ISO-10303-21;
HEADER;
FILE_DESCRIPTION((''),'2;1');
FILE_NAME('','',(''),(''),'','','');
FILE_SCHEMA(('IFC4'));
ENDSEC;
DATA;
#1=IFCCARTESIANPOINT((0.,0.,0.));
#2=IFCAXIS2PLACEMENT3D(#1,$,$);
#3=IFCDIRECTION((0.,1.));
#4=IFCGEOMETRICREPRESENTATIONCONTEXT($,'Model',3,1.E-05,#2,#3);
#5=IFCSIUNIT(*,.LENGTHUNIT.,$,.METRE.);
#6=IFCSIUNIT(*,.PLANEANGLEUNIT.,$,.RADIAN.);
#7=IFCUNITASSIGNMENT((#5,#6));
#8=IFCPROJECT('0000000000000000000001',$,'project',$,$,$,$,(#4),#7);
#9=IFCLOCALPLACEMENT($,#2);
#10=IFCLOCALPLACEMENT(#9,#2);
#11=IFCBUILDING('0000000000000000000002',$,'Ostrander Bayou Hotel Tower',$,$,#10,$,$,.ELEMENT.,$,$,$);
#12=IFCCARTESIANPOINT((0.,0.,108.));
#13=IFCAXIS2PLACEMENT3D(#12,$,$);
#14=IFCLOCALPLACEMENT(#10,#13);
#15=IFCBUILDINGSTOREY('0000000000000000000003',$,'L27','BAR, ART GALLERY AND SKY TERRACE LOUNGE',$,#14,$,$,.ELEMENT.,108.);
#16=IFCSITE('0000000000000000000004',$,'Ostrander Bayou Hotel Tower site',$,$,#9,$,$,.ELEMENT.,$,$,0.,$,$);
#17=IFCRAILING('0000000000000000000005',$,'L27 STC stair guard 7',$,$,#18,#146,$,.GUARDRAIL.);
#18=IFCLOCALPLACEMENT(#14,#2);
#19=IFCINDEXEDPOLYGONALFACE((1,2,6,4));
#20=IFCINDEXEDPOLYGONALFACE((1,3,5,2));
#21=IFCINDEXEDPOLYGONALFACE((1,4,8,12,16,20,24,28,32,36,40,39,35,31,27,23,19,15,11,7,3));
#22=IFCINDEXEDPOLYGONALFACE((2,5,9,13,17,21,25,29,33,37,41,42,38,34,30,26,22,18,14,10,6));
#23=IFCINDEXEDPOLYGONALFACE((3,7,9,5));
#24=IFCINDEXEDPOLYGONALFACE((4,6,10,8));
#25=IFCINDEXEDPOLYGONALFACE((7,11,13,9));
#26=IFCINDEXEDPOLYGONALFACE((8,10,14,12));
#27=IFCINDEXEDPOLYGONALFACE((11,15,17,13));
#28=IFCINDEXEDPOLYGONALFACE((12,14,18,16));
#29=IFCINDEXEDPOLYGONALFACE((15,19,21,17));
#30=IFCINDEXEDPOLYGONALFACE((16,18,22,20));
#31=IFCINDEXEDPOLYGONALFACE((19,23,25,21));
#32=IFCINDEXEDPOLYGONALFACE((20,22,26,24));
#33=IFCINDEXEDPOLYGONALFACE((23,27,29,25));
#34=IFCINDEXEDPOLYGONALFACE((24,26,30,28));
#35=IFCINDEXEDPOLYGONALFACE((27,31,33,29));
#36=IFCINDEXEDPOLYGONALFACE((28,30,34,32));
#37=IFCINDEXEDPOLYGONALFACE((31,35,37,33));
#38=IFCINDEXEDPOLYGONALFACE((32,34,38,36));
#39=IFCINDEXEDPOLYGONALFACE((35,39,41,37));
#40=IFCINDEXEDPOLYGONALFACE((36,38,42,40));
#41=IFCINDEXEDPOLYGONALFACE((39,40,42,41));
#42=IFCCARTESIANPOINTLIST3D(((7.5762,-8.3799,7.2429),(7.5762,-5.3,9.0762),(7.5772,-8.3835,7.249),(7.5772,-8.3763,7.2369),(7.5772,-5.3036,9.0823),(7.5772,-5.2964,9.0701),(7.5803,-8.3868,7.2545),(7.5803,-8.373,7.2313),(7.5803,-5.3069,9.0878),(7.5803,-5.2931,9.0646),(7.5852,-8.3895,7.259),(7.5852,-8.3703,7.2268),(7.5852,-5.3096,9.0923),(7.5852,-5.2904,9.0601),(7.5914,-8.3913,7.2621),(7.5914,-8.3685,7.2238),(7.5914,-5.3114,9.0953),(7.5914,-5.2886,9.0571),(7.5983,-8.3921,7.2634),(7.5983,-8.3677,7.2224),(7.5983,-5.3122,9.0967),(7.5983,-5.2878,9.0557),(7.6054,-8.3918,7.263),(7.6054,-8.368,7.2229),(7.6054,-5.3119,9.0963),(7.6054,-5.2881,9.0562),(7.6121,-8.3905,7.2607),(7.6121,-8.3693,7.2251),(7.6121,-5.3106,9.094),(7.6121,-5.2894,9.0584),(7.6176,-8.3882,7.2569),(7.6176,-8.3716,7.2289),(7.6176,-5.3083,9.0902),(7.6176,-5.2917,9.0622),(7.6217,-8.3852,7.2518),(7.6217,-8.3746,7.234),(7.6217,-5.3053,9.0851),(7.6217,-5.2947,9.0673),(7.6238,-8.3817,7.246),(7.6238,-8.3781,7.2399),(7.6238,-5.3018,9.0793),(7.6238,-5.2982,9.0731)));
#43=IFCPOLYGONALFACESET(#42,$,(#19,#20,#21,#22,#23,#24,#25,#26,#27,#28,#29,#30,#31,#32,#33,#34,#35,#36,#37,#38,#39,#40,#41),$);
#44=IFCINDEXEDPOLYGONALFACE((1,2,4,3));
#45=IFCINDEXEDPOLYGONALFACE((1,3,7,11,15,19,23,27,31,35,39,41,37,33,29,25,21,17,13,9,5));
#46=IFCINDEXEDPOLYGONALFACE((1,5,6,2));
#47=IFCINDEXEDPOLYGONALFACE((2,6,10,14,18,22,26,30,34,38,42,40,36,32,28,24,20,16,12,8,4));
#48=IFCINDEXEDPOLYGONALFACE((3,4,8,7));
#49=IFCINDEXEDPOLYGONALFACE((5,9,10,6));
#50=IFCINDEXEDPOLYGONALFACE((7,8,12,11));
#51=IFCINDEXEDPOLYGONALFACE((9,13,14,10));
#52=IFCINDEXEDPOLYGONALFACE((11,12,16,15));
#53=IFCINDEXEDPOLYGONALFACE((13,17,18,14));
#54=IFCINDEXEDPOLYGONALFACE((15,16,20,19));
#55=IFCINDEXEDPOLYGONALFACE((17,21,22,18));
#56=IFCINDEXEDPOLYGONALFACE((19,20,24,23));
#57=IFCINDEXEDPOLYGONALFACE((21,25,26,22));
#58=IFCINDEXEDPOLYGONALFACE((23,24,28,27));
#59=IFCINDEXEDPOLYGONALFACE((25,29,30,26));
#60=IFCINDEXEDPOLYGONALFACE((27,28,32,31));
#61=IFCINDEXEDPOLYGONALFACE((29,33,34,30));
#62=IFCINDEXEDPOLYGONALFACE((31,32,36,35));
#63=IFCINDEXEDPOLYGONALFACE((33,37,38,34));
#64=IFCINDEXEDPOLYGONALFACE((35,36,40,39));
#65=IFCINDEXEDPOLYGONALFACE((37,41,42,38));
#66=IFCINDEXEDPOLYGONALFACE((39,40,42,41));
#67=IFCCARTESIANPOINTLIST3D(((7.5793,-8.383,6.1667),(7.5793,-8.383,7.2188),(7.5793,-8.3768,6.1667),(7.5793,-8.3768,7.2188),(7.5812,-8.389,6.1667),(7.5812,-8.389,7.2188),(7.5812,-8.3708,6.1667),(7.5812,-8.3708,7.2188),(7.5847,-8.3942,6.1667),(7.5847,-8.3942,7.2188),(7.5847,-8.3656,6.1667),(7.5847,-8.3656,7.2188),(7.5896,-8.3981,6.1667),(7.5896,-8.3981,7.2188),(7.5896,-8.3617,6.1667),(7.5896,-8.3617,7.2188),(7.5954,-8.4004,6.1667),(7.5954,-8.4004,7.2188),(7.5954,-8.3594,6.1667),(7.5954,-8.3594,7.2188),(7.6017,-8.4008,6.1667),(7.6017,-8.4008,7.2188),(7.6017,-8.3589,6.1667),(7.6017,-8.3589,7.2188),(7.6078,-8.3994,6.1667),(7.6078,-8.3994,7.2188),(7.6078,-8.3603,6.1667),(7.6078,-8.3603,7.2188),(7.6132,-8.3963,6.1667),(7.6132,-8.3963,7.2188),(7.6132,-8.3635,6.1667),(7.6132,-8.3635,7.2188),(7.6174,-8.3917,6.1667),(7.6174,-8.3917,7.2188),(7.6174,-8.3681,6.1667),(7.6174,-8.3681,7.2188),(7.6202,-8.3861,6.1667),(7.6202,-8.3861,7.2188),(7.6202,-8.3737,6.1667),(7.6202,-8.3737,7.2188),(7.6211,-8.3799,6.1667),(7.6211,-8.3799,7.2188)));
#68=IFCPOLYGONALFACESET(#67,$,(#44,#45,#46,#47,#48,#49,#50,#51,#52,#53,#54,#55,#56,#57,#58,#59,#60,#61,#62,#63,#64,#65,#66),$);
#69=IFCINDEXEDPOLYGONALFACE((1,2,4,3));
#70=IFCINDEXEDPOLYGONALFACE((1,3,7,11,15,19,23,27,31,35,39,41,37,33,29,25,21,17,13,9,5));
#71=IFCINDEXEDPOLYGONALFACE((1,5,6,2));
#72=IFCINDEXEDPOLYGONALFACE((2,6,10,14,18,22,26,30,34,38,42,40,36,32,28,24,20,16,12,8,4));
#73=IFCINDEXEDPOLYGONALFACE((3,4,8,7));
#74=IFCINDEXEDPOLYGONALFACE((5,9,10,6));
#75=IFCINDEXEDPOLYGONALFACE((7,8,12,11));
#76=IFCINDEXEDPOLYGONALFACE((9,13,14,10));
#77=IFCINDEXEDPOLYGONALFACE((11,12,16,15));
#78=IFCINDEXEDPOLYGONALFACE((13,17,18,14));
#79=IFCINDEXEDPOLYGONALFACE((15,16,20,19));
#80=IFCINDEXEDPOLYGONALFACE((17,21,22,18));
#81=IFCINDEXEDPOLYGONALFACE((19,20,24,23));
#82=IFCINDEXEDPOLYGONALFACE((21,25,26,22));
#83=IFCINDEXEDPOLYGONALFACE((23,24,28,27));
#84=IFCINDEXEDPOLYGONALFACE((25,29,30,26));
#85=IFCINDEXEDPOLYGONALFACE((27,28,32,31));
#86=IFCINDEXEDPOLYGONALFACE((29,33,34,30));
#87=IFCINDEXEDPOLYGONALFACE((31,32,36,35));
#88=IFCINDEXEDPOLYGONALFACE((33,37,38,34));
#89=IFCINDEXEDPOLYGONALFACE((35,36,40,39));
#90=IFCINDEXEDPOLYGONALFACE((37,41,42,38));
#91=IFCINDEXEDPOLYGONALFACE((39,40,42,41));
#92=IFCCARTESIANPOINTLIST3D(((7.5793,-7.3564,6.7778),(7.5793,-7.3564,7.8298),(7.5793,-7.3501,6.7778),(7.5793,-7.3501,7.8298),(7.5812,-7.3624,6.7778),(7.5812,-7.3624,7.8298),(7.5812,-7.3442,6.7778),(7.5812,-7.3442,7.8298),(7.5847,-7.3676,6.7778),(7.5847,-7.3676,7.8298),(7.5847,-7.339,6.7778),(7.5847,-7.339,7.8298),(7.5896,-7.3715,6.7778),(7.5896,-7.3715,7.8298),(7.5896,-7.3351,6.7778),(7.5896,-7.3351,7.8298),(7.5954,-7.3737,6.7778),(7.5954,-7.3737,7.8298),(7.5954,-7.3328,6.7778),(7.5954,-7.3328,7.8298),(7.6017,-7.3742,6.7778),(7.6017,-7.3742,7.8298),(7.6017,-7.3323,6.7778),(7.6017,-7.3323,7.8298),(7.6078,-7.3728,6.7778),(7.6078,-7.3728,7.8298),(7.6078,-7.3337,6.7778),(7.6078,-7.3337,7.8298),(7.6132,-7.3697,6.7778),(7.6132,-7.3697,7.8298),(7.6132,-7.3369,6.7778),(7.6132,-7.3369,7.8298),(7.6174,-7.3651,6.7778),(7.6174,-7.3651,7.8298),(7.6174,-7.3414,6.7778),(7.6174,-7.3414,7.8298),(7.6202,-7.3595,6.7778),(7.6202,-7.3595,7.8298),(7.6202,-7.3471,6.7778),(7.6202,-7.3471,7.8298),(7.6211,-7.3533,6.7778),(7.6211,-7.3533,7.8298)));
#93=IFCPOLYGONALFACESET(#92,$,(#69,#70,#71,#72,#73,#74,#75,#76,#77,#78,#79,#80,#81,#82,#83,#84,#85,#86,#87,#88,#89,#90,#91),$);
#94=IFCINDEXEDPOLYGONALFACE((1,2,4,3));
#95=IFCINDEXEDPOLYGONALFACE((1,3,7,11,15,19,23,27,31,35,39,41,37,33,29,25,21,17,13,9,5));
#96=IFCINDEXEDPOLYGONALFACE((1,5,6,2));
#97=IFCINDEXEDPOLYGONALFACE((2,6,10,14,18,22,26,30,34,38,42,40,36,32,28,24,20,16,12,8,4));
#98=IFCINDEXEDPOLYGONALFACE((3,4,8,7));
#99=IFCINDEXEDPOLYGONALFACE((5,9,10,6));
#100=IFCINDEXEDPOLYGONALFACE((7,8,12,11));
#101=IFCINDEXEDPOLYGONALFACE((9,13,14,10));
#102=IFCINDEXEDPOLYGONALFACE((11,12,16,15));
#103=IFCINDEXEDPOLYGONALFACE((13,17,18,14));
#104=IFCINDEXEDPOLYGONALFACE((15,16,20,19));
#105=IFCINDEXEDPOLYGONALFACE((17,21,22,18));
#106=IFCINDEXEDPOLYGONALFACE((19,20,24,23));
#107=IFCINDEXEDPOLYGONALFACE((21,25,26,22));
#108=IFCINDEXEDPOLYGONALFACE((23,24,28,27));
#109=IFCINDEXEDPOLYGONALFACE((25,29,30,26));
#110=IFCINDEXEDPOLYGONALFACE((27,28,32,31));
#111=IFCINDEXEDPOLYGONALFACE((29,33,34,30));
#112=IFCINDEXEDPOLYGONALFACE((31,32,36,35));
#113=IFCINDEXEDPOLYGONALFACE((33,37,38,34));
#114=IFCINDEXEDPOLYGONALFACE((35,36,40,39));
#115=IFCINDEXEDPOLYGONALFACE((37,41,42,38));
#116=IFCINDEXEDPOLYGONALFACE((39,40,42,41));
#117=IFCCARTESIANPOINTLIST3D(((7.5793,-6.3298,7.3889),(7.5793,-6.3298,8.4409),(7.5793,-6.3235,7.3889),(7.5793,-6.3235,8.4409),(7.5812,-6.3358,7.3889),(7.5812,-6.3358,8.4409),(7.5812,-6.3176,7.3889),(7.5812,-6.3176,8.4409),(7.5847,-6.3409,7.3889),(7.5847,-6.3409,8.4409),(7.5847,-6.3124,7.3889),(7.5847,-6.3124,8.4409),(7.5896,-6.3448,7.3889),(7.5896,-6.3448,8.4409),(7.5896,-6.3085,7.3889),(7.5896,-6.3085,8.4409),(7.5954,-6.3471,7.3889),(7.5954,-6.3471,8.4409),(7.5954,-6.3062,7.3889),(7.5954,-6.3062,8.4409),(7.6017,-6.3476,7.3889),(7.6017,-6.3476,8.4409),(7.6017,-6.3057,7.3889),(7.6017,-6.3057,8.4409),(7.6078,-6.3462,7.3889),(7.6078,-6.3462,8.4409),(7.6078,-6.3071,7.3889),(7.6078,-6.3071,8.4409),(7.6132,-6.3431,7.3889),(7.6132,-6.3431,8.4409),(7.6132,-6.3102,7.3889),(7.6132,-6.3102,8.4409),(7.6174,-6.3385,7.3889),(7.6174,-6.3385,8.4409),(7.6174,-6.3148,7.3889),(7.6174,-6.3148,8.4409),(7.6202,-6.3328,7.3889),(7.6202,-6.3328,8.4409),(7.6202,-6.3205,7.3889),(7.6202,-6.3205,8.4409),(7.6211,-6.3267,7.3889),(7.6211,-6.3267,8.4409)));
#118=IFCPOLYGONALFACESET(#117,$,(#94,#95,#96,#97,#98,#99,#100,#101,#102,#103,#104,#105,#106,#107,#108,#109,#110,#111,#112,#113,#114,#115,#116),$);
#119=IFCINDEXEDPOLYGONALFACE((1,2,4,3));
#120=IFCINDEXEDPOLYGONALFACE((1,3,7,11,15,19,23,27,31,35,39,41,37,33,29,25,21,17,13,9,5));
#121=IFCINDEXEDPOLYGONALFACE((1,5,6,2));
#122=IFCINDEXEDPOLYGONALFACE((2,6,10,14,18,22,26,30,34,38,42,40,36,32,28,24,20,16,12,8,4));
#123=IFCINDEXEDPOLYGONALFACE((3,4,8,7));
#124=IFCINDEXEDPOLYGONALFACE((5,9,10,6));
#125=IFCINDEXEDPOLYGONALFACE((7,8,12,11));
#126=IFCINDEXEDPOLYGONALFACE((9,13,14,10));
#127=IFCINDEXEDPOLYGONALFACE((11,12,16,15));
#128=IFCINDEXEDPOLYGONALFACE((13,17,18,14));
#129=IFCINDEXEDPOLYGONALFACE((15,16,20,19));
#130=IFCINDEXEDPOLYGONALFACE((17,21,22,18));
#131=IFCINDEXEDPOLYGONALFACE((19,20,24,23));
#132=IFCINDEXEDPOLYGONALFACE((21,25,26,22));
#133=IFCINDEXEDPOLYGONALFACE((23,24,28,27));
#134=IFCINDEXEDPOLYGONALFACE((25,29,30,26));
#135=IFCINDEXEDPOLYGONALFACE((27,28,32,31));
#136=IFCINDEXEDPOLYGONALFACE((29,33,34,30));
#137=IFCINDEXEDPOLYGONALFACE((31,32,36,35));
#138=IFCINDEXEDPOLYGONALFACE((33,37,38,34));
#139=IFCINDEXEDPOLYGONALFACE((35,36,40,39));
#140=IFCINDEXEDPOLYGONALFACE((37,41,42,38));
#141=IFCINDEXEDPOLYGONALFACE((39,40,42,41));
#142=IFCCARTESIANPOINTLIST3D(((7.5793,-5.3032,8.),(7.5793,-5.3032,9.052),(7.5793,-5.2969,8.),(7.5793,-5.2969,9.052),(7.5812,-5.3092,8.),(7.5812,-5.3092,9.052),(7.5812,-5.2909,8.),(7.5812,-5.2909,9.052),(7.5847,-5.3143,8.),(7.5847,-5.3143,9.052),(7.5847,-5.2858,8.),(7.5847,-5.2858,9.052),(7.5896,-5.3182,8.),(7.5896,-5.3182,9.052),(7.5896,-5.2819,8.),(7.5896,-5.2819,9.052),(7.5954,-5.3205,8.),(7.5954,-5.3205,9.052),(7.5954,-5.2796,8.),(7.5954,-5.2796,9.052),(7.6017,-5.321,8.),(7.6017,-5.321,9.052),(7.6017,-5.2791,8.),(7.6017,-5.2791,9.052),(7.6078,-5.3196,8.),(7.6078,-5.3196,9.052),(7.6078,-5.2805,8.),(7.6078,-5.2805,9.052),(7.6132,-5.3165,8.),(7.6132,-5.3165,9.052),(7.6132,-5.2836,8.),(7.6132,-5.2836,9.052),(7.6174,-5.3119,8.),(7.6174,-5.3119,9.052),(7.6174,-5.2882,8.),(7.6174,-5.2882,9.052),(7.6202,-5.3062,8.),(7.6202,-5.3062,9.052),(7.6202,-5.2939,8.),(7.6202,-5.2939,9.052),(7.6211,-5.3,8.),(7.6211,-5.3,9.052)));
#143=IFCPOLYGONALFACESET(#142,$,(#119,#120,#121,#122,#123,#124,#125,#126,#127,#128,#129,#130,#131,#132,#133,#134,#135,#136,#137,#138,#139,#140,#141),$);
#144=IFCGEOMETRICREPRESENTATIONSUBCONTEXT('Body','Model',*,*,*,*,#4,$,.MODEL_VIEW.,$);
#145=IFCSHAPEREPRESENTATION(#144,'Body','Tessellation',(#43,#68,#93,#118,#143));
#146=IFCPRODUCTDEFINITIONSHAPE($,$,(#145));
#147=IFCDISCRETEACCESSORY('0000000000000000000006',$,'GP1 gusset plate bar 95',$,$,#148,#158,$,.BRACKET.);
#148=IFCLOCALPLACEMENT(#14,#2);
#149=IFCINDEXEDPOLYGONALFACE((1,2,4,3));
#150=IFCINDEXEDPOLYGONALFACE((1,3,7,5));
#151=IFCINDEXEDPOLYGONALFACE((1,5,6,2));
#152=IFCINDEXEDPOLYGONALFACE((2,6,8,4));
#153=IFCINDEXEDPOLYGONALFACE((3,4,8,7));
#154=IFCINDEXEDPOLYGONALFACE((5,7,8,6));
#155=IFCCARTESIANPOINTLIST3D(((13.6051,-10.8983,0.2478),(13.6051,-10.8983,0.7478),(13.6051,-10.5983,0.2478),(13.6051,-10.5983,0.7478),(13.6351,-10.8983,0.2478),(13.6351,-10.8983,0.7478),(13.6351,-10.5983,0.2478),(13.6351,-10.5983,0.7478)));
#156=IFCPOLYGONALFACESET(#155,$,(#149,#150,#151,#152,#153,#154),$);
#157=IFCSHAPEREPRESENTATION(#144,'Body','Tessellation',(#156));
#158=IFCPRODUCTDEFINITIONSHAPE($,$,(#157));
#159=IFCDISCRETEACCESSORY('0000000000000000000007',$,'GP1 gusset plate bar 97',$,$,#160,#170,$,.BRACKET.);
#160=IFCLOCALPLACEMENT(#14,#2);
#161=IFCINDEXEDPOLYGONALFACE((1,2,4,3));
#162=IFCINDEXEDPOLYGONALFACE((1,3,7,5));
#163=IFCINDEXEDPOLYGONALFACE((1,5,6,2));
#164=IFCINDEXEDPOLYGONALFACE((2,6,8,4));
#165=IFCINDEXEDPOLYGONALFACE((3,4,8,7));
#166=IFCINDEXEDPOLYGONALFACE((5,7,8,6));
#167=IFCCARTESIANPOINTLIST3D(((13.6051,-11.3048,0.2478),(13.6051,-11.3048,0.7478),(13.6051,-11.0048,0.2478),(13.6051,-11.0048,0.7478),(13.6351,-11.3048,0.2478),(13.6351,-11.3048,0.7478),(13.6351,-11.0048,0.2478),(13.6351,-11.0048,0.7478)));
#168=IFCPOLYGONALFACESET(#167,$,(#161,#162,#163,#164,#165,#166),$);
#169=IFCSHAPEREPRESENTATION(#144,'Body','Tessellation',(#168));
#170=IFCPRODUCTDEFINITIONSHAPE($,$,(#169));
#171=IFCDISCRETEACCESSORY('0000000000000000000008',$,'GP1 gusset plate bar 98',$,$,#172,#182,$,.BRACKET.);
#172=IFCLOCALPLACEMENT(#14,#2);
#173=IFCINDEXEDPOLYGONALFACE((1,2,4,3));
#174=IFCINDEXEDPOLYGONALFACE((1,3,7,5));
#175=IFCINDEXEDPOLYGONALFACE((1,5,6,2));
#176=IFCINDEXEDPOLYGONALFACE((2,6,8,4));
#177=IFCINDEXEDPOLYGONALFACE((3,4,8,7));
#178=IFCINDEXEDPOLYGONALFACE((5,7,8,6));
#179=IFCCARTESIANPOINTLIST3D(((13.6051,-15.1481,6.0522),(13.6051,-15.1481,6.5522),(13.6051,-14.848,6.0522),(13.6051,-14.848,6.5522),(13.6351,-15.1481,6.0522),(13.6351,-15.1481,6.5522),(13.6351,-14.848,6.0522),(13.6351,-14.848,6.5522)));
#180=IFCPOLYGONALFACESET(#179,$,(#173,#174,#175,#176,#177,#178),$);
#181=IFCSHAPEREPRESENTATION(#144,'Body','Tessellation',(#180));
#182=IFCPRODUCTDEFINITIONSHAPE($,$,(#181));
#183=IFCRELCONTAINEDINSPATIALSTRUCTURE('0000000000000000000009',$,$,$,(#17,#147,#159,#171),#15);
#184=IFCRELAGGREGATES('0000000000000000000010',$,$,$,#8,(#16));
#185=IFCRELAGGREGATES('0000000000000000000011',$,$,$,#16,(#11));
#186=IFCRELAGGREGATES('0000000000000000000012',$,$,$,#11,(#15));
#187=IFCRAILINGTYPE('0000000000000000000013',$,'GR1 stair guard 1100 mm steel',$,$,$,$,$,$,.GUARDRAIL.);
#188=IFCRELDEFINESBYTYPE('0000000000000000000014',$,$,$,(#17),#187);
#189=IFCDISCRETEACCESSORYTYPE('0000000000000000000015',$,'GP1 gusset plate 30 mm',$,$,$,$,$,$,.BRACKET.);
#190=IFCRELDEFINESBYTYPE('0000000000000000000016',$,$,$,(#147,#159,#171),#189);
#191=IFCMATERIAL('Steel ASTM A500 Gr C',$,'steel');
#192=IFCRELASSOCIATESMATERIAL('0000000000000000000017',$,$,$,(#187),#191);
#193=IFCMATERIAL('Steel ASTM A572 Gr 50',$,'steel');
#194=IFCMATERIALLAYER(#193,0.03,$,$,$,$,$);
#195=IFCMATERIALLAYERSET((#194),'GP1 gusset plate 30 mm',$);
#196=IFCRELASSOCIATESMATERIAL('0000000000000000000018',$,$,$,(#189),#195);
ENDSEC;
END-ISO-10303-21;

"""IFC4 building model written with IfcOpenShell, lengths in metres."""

from ifc_helpers import new_model, si_unit, direction, frame, origin, origin_2d, place, context, subcontext, project, spatial, rectangle, circle, extrude, material, layer, layer_set, type_object, element, save


model = new_model("IFC4")

# Units and contexts
model_context = context("Model", 3, precision=1e-05, world=origin(), true_north=direction((0.0, 1.0)))
body_context = subcontext(model_context, "Body", "Model", "MODEL_VIEW")
ifc_project = project(units=[si_unit("LENGTHUNIT", "METRE"), si_unit("PLANEANGLEUNIT", "RADIAN")], contexts=[model_context])

# Site, building, storey
site_placement = place(None, origin())
site = spatial("IfcSite", under=ifc_project, at=site_placement, Name="Ostrander Bayou Hotel Tower site", CompositionType="ELEMENT", RefElevation=0.0)
building_placement = place(site_placement, origin())
building = spatial("IfcBuilding", under=site, at=building_placement, Name="Ostrander Bayou Hotel Tower", CompositionType="ELEMENT")
storey_placement = place(building_placement, frame((0.0, 0.0, 108.0)))
storey = spatial("IfcBuildingStorey", under=building, at=storey_placement, Name="L27", Description="BAR, ART GALLERY AND SKY TERRACE LOUNGE", CompositionType="ELEMENT", Elevation=108.0)

# Railing
ifc_material_1 = material(Name="Steel ASTM A500 Gr C", Category="steel")
railing_type_1 = type_object("IfcRailingType", Name="GR1 stair guard 1100 mm steel", PredefinedType="GUARDRAIL", material=ifc_material_1)
railing_1_placement = place(storey_placement, frame((7.6001, -8.3799, 6.1667)))
element("IfcRailing", 1, at=railing_1_placement, inside=storey, type_object=railing_type_1, Name="L27 STC stair guard 7", PredefinedType="GUARDRAIL", context=body_context, shape_type="SweptSolid", body=[
    extrude(circle(Radius=0.0239, at=origin_2d()), frame((0.0, 0.0, 1.0762), z_axis=(0.0, 0.859291, 0.511487), x_axis=(-1.0, 0.0, 0.0)), (0.0, 0.0, 1.0), 3.5842),
    extrude(circle(Radius=0.021, at=origin_2d()), origin(), (0.0, 0.0, 1.0), 1.052),
    extrude(circle(Radius=0.021, at=origin_2d()), frame((0.0, 1.0266, 0.6111)), (0.0, 0.0, 1.0), 1.052),
    extrude(circle(Radius=0.021, at=origin_2d()), frame((0.0, 2.0532, 1.2222)), (0.0, 0.0, 1.0), 1.052),
    extrude(circle(Radius=0.021, at=origin_2d()), frame((0.0, 3.0798, 1.8333)), (0.0, 0.0, 1.0), 1.052),
])

# Discrete accessories
ifc_material_2 = material(Name="Steel ASTM A572 Gr 50", Category="steel")
ifc_layer_1 = layer(ifc_material_2, 0.03)
ifc_layer_set_1 = layer_set([ifc_layer_1], Name="GP1 gusset plate 30 mm")
discrete_accessory_type = type_object("IfcDiscreteAccessoryType", Name="GP1 gusset plate 30 mm", PredefinedType="BRACKET", material=ifc_layer_set_1)
for number, where, z_axis, x_axis, name in (
    (2, (13.6201, -10.7483, 0.2478), (0.0, 0.0, 1.0), (0.0, 1.0, 0.0), "GP1 gusset plate bar 95"),
    (3, (13.6201, -11.1548, 0.2478), (0.0, 0.0, 1.0), (0.0, -1.0, 0.0), "GP1 gusset plate bar 97"),
    (4, (13.6201, -14.998, 6.0522), (0.0, 0.0, 1.0), (0.0, -1.0, 0.0), "GP1 gusset plate bar 98"),
):
    element("IfcDiscreteAccessory", number, at=place(storey_placement, frame(where, z_axis=z_axis, x_axis=x_axis)), inside=storey, type_object=discrete_accessory_type, Name=name, PredefinedType="BRACKET", context=body_context, shape_type="SweptSolid", body=[
        extrude(rectangle(XDim=0.3, YDim=0.03, at=origin_2d()), origin(), (0.0, 0.0, 1.0), 0.5),
    ])

save(model, "model.ifc")
